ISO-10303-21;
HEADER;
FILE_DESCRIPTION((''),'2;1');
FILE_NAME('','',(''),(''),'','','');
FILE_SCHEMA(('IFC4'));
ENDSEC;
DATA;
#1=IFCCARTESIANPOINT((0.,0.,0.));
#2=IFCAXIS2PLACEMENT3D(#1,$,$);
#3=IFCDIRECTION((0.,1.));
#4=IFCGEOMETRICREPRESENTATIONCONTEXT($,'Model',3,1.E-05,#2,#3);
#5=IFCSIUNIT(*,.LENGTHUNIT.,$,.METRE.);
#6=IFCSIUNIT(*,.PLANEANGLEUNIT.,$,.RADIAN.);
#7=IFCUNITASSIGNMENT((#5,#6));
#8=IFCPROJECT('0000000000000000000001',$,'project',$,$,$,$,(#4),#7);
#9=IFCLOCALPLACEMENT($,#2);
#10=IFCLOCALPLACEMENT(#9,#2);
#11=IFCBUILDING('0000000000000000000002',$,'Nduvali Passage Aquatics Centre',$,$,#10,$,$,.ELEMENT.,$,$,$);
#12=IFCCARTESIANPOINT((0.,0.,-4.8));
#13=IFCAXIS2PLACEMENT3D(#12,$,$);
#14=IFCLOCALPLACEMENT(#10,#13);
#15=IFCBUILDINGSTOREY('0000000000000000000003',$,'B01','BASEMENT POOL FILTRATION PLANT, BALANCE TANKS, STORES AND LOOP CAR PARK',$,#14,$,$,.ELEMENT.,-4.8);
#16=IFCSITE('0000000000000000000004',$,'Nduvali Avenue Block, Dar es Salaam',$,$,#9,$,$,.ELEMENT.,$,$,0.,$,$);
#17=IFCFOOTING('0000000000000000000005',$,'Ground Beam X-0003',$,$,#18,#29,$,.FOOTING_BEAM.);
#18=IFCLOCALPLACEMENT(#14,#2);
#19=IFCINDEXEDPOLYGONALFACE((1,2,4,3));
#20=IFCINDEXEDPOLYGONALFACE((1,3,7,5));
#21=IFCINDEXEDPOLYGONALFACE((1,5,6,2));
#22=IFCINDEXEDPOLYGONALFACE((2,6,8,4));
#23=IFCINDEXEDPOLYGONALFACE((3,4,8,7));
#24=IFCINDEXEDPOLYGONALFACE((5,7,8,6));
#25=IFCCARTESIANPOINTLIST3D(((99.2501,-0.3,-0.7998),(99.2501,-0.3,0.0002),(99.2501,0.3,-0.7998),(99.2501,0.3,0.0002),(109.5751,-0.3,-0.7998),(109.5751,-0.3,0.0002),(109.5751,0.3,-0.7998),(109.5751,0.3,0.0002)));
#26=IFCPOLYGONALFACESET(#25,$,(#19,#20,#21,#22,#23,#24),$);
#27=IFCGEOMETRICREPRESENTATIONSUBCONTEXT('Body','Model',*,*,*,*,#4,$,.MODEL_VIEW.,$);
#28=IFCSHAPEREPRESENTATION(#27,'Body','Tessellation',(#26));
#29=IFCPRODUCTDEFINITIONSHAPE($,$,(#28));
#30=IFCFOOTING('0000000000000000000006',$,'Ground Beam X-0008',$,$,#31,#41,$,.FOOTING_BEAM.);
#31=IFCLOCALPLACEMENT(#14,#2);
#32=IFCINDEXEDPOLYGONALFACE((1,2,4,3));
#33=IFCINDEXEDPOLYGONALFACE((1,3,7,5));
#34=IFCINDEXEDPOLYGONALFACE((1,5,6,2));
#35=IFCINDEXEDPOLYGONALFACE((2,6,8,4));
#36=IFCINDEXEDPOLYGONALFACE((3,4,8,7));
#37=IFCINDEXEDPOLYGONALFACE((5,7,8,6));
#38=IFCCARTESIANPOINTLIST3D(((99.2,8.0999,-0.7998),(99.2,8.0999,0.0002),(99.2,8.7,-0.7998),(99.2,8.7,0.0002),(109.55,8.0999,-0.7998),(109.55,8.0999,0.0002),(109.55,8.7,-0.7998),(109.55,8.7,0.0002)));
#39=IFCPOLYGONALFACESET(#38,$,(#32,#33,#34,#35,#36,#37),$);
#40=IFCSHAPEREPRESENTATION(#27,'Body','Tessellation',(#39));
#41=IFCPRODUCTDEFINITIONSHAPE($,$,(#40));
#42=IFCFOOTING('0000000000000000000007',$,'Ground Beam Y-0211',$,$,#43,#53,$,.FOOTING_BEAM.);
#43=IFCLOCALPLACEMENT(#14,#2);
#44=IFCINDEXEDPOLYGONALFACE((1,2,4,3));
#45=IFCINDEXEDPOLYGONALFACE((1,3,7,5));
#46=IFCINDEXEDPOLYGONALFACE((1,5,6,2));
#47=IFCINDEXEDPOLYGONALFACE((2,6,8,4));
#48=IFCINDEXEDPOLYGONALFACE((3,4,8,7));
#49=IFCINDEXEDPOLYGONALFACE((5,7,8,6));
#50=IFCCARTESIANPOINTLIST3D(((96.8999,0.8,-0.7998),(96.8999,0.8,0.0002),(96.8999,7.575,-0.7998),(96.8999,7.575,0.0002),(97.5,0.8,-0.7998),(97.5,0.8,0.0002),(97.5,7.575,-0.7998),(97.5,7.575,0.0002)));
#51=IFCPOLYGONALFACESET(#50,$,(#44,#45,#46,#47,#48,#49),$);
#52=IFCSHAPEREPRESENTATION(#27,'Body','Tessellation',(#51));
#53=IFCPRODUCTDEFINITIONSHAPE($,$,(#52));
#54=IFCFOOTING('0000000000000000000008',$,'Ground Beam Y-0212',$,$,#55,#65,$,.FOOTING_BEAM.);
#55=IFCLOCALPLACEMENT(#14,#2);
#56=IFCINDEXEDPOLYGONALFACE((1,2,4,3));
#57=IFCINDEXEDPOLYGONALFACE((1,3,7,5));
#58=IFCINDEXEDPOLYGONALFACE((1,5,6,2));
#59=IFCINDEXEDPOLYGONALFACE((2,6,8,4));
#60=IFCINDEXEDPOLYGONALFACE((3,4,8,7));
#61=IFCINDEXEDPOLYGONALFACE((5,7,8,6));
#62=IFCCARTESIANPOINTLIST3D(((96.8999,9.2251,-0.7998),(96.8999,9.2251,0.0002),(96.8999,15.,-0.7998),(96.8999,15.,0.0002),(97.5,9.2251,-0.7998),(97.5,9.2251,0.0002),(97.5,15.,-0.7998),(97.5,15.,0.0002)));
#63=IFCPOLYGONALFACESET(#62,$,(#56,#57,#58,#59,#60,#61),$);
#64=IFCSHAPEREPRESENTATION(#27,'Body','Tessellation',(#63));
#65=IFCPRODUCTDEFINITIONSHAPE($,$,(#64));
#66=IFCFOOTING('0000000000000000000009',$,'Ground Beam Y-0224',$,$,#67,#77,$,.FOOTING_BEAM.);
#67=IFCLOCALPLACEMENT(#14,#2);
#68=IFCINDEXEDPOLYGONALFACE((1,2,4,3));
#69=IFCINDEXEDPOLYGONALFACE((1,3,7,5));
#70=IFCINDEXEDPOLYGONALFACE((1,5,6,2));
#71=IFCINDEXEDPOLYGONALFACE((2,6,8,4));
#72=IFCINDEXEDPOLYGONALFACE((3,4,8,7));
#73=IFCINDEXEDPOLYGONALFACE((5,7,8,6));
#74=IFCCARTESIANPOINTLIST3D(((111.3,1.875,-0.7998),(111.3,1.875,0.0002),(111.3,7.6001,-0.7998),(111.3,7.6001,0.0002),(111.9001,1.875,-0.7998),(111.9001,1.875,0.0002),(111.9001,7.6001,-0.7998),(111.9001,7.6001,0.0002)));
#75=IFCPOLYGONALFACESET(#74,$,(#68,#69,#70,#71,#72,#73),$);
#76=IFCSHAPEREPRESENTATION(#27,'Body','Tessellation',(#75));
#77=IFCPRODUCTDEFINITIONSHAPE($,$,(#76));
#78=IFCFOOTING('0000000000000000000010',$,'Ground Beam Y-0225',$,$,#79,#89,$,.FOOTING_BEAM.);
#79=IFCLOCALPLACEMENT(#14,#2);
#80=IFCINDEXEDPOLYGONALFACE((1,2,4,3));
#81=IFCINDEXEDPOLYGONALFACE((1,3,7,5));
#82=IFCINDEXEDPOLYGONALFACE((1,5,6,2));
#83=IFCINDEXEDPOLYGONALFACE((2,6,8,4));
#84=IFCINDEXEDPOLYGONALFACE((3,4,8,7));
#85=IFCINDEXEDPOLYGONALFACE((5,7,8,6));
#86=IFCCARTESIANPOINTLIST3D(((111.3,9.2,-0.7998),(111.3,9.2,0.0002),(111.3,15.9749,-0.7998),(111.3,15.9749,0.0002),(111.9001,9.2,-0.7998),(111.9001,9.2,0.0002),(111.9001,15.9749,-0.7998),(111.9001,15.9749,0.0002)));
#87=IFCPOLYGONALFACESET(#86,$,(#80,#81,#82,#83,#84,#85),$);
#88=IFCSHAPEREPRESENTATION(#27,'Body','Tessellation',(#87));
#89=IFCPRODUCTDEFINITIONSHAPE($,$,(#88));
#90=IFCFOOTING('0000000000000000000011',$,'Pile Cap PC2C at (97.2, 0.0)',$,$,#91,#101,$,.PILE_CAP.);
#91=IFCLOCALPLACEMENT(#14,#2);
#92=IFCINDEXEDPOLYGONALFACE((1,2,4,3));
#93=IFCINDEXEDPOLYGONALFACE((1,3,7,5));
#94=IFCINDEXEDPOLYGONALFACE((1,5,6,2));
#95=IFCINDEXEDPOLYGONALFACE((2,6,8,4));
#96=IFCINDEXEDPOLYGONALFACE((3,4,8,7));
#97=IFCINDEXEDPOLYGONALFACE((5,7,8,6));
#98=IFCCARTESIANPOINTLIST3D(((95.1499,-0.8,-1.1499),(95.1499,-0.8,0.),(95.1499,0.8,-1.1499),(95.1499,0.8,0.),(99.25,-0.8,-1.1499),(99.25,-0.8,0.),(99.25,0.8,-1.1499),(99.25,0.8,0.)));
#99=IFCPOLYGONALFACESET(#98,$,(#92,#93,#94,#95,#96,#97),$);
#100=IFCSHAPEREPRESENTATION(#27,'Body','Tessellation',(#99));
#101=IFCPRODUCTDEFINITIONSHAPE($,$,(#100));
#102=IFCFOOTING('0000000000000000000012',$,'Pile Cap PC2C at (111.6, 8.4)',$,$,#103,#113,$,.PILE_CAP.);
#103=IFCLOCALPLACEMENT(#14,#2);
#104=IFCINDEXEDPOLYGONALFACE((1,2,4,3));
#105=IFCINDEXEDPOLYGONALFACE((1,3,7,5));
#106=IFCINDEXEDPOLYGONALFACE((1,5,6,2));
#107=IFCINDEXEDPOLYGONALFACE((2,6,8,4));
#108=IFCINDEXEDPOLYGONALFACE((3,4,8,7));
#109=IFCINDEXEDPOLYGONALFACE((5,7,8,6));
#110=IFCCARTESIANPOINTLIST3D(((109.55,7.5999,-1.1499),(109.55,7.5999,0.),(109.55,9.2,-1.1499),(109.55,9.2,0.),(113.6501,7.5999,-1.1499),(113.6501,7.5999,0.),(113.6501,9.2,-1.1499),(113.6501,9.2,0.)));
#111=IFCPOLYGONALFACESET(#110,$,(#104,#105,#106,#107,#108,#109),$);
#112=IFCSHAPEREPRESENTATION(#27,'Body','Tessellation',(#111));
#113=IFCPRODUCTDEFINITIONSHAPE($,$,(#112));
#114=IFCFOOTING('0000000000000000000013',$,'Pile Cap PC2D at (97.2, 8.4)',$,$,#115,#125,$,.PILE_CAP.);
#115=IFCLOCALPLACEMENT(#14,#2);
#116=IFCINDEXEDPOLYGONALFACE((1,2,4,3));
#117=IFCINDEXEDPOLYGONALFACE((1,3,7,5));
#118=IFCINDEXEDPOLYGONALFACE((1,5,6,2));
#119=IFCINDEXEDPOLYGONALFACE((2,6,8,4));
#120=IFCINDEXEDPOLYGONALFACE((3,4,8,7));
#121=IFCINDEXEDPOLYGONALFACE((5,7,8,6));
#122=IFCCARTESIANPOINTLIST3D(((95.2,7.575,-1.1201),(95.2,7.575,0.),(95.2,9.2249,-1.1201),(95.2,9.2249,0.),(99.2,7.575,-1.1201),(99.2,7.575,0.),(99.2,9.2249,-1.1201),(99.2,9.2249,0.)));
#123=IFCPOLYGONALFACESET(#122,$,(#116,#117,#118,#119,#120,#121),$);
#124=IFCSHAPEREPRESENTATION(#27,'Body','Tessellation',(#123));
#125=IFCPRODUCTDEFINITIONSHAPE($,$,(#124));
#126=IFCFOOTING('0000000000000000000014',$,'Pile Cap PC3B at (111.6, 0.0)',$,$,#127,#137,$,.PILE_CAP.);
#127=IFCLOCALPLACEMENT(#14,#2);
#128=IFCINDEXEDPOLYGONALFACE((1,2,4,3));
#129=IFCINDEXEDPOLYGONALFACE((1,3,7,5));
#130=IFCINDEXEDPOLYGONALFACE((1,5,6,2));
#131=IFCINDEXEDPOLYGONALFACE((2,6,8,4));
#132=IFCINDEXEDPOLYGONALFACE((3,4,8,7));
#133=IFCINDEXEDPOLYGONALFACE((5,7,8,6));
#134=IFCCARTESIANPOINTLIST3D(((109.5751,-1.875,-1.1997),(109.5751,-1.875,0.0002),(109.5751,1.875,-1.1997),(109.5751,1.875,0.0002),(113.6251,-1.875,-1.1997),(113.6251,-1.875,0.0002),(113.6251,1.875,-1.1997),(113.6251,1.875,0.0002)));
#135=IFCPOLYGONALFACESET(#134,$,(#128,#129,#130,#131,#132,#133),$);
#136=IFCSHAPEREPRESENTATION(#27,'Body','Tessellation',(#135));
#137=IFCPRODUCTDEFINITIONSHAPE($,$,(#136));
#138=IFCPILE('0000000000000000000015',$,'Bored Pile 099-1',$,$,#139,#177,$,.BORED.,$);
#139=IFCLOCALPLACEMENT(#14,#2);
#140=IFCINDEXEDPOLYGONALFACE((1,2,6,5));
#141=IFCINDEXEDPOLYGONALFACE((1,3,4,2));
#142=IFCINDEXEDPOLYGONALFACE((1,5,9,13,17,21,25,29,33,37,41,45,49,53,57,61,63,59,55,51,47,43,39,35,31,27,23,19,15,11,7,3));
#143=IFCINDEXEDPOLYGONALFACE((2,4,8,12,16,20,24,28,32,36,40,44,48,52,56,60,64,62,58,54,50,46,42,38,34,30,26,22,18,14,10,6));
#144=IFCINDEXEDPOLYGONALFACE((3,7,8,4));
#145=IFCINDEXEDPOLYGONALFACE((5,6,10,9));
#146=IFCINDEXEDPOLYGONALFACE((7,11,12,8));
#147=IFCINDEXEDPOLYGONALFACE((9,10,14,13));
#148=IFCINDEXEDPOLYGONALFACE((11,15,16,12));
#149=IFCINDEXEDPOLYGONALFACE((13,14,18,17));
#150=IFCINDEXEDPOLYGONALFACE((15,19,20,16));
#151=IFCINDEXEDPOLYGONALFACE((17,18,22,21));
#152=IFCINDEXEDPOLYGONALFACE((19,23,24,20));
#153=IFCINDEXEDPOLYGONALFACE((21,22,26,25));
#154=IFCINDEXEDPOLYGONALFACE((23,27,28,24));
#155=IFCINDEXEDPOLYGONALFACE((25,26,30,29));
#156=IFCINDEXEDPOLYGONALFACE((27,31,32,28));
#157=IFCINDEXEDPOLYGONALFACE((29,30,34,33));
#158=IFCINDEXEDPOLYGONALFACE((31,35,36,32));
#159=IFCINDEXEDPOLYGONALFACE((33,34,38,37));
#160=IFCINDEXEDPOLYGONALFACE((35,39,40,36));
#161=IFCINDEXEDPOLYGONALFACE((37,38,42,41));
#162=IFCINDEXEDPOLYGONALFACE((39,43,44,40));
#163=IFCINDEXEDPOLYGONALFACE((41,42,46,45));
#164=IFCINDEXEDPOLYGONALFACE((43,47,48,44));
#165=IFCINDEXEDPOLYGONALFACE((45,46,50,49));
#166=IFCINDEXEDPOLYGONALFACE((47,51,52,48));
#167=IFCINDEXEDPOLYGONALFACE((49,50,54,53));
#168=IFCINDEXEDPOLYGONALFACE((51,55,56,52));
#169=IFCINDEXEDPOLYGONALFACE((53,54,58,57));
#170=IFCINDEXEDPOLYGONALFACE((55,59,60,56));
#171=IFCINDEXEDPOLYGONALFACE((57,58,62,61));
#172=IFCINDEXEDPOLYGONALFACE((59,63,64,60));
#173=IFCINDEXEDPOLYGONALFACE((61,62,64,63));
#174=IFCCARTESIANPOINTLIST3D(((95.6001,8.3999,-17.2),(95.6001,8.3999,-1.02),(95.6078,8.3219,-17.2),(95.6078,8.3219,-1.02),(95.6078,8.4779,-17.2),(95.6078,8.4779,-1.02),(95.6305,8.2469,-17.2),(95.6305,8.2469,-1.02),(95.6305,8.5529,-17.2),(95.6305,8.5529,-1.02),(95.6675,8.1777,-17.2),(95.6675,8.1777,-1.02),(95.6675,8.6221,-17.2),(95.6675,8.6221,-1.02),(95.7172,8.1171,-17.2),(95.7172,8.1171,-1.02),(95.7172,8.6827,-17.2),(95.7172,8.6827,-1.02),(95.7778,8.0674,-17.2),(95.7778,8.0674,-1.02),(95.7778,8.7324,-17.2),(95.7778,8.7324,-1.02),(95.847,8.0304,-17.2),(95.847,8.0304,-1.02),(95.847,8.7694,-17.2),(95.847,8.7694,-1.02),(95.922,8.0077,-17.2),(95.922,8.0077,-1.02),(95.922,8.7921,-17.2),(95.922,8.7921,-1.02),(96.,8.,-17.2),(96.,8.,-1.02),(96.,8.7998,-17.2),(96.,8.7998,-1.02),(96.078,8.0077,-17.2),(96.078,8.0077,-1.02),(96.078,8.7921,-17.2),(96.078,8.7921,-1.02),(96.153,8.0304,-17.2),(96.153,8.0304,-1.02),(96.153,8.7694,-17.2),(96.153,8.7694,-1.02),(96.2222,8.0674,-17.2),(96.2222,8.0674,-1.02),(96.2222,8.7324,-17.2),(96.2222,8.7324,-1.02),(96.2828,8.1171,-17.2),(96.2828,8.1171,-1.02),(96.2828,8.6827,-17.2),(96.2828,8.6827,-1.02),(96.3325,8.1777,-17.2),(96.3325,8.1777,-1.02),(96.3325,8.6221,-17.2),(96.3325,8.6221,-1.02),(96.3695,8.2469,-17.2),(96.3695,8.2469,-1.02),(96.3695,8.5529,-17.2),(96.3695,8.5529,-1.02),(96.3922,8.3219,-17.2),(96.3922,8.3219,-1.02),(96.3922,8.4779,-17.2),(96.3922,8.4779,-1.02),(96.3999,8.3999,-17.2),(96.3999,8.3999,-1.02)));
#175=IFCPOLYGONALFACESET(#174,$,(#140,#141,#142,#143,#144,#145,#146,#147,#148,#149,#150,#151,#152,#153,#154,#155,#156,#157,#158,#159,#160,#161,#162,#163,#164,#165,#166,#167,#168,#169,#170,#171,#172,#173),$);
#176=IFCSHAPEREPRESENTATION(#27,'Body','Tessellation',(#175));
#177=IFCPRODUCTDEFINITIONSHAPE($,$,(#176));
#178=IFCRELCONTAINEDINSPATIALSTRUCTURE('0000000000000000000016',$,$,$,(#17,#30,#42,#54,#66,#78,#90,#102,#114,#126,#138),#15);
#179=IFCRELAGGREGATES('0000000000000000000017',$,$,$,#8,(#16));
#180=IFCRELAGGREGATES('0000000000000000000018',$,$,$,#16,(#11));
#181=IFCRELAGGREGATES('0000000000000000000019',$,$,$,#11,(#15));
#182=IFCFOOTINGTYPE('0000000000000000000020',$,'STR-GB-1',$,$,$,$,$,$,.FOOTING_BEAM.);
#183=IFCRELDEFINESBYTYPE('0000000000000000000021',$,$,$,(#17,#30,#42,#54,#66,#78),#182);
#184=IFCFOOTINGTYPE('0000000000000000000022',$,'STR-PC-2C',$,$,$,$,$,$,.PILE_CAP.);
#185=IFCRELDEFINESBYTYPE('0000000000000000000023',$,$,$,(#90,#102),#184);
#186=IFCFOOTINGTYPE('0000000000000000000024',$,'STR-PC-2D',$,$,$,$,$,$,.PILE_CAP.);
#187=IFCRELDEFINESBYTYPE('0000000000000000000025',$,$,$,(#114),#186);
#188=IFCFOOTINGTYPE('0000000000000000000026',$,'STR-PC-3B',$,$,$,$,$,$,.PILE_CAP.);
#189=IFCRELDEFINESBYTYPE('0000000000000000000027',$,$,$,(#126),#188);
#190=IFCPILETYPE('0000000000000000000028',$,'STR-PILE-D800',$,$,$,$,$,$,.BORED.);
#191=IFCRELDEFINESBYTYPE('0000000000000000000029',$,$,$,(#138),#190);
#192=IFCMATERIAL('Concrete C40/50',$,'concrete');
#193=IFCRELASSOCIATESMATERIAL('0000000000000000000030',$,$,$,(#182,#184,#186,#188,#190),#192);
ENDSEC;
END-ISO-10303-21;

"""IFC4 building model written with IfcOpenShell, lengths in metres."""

from ifc_helpers import new_model, si_unit, direction, frame, origin, origin_2d, place, context, subcontext, project, spatial, rectangle, circle, extrude, material, material_profile, profile_set, type_object, element, save


model = new_model("IFC4")

# Units and contexts
model_context = context("Model", 3, precision=1e-05, world=origin(), true_north=direction((0.0, 1.0)))
body_context = subcontext(model_context, "Body", "Model", "MODEL_VIEW")
ifc_project = project(units=[si_unit("LENGTHUNIT", "METRE"), si_unit("PLANEANGLEUNIT", "RADIAN")], contexts=[model_context])

# Site, building, storey
site_placement = place(None, origin())
site = spatial("IfcSite", under=ifc_project, at=site_placement, Name="Nduvali Avenue Block, Dar es Salaam", CompositionType="ELEMENT", RefElevation=0.0)
building_placement = place(site_placement, origin())
building = spatial("IfcBuilding", under=site, at=building_placement, Name="Nduvali Passage Aquatics Centre", CompositionType="ELEMENT")
storey_placement = place(building_placement, frame((0.0, 0.0, -4.8)))
storey = spatial("IfcBuildingStorey", under=building, at=storey_placement, Name="B01", Description="BASEMENT POOL FILTRATION PLANT, BALANCE TANKS, STORES AND LOOP CAR PARK", CompositionType="ELEMENT", Elevation=-4.8)

# Footings
ifc_material = material(Name="Concrete C40/50", Category="concrete")
footing_type_1 = type_object("IfcFootingType", Name="STR-GB-1", PredefinedType="FOOTING_BEAM", material=ifc_material)
footing_1_placement = place(storey_placement, frame((104.4126, 0.0, -0.7998), z_axis=(0.0, 0.0, 1.0), x_axis=(1.0, 0.0, 0.0)))
element("IfcFooting", 1, at=footing_1_placement, inside=storey, type_object=footing_type_1, Name="Ground Beam X-0003", PredefinedType="FOOTING_BEAM", context=body_context, shape_type="SweptSolid", body=[
    extrude(rectangle(XDim=10.325, YDim=0.6001, at=origin_2d()), origin(), (0.0, 0.0, 1.0), 0.8),
])
footing_2_placement = place(storey_placement, frame((104.375, 8.3999, -0.7998), z_axis=(0.0, 0.0, 1.0), x_axis=(1.0, 0.0, 0.0)))
element("IfcFooting", 2, at=footing_2_placement, inside=storey, type_object=footing_type_1, Name="Ground Beam X-0008", PredefinedType="FOOTING_BEAM", context=body_context, shape_type="SweptSolid", body=[
    extrude(rectangle(XDim=10.3501, YDim=0.6001, at=origin_2d()), origin(), (0.0, 0.0, 1.0), 0.8),
])
footing_3_placement = place(storey_placement, frame((97.2, 4.1875, -0.7998), z_axis=(0.0, 0.0, 1.0), x_axis=(0.0, 1.0, 0.0)))
element("IfcFooting", 3, at=footing_3_placement, inside=storey, type_object=footing_type_1, Name="Ground Beam Y-0211", PredefinedType="FOOTING_BEAM", context=body_context, shape_type="SweptSolid", body=[
    extrude(rectangle(XDim=6.7749, YDim=0.6001, at=origin_2d()), origin(), (0.0, 0.0, 1.0), 0.8),
])
footing_4_placement = place(storey_placement, frame((97.2, 12.1125, -0.7998), z_axis=(0.0, 0.0, 1.0), x_axis=(0.0, 1.0, 0.0)))
element("IfcFooting", 4, at=footing_4_placement, inside=storey, type_object=footing_type_1, Name="Ground Beam Y-0212", PredefinedType="FOOTING_BEAM", context=body_context, shape_type="SweptSolid", body=[
    extrude(rectangle(XDim=5.7749, YDim=0.6001, at=origin_2d()), origin(), (0.0, 0.0, 1.0), 0.8),
])
footing_5_placement = place(storey_placement, frame((111.6001, 4.7375, -0.7998), z_axis=(0.0, 0.0, 1.0), x_axis=(0.0, 1.0, 0.0)))
element("IfcFooting", 5, at=footing_5_placement, inside=storey, type_object=footing_type_1, Name="Ground Beam Y-0224", PredefinedType="FOOTING_BEAM", context=body_context, shape_type="SweptSolid", body=[
    extrude(rectangle(XDim=5.7251, YDim=0.6001, at=origin_2d()), origin(), (0.0, 0.0, 1.0), 0.8),
])
footing_6_placement = place(storey_placement, frame((111.6001, 12.5874, -0.7998), z_axis=(0.0, 0.0, 1.0), x_axis=(0.0, 1.0, 0.0)))
element("IfcFooting", 6, at=footing_6_placement, inside=storey, type_object=footing_type_1, Name="Ground Beam Y-0225", PredefinedType="FOOTING_BEAM", context=body_context, shape_type="SweptSolid", body=[
    extrude(rectangle(XDim=6.7749, YDim=0.6001, at=origin_2d()), origin(), (0.0, 0.0, 1.0), 0.8),
])
footing_type_2 = type_object("IfcFootingType", Name="STR-PC-2C", PredefinedType="PILE_CAP", material=ifc_material)
for number, where, z_axis, x_axis, name in (
    (7, (97.2, 0.0, -1.1499), (0.0, 0.0, 1.0), (1.0, 0.0, 0.0), "Pile Cap PC2C at (97.2, 0.0)"),
    (8, (111.6001, 8.3999, -1.1499), (0.0, 0.0, 1.0), (1.0, 0.0, 0.0), "Pile Cap PC2C at (111.6, 8.4)"),
):
    element("IfcFooting", number, at=place(storey_placement, frame(where, z_axis=z_axis, x_axis=x_axis)), inside=storey, type_object=footing_type_2, Name=name, PredefinedType="PILE_CAP", context=body_context, shape_type="SweptSolid", body=[
        extrude(rectangle(XDim=4.1001, YDim=1.6001, at=origin_2d()), origin(), (0.0, 0.0, 1.0), 1.1499),
    ])
footing_type_3 = type_object("IfcFootingType", Name="STR-PC-2D", PredefinedType="PILE_CAP", material=ifc_material)
footing_7_placement = place(storey_placement, frame((97.2, 8.3999, -1.1201), z_axis=(0.0, 0.0, 1.0), x_axis=(1.0, 0.0, 0.0)))
element("IfcFooting", 9, at=footing_7_placement, inside=storey, type_object=footing_type_3, Name="Pile Cap PC2D at (97.2, 8.4)", PredefinedType="PILE_CAP", context=body_context, shape_type="SweptSolid", body=[
    extrude(rectangle(XDim=4.0, YDim=1.6499, at=origin_2d()), origin(), (0.0, 0.0, 1.0), 1.1201),
])
footing_type_4 = type_object("IfcFootingType", Name="STR-PC-3B", PredefinedType="PILE_CAP", material=ifc_material)
footing_8_placement = place(storey_placement, frame((111.6001, 0.0, -1.1997), z_axis=(0.0, 0.0, 1.0), x_axis=(1.0, 0.0, 0.0)))
element("IfcFooting", 10, at=footing_8_placement, inside=storey, type_object=footing_type_4, Name="Pile Cap PC3B at (111.6, 0.0)", PredefinedType="PILE_CAP", context=body_context, shape_type="SweptSolid", body=[
    extrude(rectangle(XDim=4.05, YDim=3.75, at=origin_2d()), origin(), (0.0, 0.0, 1.0), 1.2),
])

# Pile
ifc_material_profile_1 = material_profile(ifc_material, circle(Radius=0.3999, at=origin_2d()), Name="PILE D800")
ifc_profile_set_1 = profile_set([ifc_material_profile_1], Name="Concrete C40/50")
pile_type_1 = type_object("IfcPileType", Name="STR-PILE-D800", PredefinedType="BORED", material=ifc_profile_set_1)
for number, where, z_axis, x_axis, name in (
    (11, (96.0, 8.3999, -1.02), (0.0, 0.0, -1.0), (1.0, 0.0, 0.0), "Bored Pile 099-1"),
):
    element("IfcPile", number, at=place(storey_placement, frame(where, z_axis=z_axis, x_axis=x_axis)), inside=storey, type_object=pile_type_1, Name=name, PredefinedType="BORED", context=body_context, shape_type="SweptSolid", body=[
        extrude(circle(Radius=0.3999, at=origin_2d()), origin(), (0.0, 0.0, 1.0), 16.1799),
    ])

save(model, "model.ifc")
